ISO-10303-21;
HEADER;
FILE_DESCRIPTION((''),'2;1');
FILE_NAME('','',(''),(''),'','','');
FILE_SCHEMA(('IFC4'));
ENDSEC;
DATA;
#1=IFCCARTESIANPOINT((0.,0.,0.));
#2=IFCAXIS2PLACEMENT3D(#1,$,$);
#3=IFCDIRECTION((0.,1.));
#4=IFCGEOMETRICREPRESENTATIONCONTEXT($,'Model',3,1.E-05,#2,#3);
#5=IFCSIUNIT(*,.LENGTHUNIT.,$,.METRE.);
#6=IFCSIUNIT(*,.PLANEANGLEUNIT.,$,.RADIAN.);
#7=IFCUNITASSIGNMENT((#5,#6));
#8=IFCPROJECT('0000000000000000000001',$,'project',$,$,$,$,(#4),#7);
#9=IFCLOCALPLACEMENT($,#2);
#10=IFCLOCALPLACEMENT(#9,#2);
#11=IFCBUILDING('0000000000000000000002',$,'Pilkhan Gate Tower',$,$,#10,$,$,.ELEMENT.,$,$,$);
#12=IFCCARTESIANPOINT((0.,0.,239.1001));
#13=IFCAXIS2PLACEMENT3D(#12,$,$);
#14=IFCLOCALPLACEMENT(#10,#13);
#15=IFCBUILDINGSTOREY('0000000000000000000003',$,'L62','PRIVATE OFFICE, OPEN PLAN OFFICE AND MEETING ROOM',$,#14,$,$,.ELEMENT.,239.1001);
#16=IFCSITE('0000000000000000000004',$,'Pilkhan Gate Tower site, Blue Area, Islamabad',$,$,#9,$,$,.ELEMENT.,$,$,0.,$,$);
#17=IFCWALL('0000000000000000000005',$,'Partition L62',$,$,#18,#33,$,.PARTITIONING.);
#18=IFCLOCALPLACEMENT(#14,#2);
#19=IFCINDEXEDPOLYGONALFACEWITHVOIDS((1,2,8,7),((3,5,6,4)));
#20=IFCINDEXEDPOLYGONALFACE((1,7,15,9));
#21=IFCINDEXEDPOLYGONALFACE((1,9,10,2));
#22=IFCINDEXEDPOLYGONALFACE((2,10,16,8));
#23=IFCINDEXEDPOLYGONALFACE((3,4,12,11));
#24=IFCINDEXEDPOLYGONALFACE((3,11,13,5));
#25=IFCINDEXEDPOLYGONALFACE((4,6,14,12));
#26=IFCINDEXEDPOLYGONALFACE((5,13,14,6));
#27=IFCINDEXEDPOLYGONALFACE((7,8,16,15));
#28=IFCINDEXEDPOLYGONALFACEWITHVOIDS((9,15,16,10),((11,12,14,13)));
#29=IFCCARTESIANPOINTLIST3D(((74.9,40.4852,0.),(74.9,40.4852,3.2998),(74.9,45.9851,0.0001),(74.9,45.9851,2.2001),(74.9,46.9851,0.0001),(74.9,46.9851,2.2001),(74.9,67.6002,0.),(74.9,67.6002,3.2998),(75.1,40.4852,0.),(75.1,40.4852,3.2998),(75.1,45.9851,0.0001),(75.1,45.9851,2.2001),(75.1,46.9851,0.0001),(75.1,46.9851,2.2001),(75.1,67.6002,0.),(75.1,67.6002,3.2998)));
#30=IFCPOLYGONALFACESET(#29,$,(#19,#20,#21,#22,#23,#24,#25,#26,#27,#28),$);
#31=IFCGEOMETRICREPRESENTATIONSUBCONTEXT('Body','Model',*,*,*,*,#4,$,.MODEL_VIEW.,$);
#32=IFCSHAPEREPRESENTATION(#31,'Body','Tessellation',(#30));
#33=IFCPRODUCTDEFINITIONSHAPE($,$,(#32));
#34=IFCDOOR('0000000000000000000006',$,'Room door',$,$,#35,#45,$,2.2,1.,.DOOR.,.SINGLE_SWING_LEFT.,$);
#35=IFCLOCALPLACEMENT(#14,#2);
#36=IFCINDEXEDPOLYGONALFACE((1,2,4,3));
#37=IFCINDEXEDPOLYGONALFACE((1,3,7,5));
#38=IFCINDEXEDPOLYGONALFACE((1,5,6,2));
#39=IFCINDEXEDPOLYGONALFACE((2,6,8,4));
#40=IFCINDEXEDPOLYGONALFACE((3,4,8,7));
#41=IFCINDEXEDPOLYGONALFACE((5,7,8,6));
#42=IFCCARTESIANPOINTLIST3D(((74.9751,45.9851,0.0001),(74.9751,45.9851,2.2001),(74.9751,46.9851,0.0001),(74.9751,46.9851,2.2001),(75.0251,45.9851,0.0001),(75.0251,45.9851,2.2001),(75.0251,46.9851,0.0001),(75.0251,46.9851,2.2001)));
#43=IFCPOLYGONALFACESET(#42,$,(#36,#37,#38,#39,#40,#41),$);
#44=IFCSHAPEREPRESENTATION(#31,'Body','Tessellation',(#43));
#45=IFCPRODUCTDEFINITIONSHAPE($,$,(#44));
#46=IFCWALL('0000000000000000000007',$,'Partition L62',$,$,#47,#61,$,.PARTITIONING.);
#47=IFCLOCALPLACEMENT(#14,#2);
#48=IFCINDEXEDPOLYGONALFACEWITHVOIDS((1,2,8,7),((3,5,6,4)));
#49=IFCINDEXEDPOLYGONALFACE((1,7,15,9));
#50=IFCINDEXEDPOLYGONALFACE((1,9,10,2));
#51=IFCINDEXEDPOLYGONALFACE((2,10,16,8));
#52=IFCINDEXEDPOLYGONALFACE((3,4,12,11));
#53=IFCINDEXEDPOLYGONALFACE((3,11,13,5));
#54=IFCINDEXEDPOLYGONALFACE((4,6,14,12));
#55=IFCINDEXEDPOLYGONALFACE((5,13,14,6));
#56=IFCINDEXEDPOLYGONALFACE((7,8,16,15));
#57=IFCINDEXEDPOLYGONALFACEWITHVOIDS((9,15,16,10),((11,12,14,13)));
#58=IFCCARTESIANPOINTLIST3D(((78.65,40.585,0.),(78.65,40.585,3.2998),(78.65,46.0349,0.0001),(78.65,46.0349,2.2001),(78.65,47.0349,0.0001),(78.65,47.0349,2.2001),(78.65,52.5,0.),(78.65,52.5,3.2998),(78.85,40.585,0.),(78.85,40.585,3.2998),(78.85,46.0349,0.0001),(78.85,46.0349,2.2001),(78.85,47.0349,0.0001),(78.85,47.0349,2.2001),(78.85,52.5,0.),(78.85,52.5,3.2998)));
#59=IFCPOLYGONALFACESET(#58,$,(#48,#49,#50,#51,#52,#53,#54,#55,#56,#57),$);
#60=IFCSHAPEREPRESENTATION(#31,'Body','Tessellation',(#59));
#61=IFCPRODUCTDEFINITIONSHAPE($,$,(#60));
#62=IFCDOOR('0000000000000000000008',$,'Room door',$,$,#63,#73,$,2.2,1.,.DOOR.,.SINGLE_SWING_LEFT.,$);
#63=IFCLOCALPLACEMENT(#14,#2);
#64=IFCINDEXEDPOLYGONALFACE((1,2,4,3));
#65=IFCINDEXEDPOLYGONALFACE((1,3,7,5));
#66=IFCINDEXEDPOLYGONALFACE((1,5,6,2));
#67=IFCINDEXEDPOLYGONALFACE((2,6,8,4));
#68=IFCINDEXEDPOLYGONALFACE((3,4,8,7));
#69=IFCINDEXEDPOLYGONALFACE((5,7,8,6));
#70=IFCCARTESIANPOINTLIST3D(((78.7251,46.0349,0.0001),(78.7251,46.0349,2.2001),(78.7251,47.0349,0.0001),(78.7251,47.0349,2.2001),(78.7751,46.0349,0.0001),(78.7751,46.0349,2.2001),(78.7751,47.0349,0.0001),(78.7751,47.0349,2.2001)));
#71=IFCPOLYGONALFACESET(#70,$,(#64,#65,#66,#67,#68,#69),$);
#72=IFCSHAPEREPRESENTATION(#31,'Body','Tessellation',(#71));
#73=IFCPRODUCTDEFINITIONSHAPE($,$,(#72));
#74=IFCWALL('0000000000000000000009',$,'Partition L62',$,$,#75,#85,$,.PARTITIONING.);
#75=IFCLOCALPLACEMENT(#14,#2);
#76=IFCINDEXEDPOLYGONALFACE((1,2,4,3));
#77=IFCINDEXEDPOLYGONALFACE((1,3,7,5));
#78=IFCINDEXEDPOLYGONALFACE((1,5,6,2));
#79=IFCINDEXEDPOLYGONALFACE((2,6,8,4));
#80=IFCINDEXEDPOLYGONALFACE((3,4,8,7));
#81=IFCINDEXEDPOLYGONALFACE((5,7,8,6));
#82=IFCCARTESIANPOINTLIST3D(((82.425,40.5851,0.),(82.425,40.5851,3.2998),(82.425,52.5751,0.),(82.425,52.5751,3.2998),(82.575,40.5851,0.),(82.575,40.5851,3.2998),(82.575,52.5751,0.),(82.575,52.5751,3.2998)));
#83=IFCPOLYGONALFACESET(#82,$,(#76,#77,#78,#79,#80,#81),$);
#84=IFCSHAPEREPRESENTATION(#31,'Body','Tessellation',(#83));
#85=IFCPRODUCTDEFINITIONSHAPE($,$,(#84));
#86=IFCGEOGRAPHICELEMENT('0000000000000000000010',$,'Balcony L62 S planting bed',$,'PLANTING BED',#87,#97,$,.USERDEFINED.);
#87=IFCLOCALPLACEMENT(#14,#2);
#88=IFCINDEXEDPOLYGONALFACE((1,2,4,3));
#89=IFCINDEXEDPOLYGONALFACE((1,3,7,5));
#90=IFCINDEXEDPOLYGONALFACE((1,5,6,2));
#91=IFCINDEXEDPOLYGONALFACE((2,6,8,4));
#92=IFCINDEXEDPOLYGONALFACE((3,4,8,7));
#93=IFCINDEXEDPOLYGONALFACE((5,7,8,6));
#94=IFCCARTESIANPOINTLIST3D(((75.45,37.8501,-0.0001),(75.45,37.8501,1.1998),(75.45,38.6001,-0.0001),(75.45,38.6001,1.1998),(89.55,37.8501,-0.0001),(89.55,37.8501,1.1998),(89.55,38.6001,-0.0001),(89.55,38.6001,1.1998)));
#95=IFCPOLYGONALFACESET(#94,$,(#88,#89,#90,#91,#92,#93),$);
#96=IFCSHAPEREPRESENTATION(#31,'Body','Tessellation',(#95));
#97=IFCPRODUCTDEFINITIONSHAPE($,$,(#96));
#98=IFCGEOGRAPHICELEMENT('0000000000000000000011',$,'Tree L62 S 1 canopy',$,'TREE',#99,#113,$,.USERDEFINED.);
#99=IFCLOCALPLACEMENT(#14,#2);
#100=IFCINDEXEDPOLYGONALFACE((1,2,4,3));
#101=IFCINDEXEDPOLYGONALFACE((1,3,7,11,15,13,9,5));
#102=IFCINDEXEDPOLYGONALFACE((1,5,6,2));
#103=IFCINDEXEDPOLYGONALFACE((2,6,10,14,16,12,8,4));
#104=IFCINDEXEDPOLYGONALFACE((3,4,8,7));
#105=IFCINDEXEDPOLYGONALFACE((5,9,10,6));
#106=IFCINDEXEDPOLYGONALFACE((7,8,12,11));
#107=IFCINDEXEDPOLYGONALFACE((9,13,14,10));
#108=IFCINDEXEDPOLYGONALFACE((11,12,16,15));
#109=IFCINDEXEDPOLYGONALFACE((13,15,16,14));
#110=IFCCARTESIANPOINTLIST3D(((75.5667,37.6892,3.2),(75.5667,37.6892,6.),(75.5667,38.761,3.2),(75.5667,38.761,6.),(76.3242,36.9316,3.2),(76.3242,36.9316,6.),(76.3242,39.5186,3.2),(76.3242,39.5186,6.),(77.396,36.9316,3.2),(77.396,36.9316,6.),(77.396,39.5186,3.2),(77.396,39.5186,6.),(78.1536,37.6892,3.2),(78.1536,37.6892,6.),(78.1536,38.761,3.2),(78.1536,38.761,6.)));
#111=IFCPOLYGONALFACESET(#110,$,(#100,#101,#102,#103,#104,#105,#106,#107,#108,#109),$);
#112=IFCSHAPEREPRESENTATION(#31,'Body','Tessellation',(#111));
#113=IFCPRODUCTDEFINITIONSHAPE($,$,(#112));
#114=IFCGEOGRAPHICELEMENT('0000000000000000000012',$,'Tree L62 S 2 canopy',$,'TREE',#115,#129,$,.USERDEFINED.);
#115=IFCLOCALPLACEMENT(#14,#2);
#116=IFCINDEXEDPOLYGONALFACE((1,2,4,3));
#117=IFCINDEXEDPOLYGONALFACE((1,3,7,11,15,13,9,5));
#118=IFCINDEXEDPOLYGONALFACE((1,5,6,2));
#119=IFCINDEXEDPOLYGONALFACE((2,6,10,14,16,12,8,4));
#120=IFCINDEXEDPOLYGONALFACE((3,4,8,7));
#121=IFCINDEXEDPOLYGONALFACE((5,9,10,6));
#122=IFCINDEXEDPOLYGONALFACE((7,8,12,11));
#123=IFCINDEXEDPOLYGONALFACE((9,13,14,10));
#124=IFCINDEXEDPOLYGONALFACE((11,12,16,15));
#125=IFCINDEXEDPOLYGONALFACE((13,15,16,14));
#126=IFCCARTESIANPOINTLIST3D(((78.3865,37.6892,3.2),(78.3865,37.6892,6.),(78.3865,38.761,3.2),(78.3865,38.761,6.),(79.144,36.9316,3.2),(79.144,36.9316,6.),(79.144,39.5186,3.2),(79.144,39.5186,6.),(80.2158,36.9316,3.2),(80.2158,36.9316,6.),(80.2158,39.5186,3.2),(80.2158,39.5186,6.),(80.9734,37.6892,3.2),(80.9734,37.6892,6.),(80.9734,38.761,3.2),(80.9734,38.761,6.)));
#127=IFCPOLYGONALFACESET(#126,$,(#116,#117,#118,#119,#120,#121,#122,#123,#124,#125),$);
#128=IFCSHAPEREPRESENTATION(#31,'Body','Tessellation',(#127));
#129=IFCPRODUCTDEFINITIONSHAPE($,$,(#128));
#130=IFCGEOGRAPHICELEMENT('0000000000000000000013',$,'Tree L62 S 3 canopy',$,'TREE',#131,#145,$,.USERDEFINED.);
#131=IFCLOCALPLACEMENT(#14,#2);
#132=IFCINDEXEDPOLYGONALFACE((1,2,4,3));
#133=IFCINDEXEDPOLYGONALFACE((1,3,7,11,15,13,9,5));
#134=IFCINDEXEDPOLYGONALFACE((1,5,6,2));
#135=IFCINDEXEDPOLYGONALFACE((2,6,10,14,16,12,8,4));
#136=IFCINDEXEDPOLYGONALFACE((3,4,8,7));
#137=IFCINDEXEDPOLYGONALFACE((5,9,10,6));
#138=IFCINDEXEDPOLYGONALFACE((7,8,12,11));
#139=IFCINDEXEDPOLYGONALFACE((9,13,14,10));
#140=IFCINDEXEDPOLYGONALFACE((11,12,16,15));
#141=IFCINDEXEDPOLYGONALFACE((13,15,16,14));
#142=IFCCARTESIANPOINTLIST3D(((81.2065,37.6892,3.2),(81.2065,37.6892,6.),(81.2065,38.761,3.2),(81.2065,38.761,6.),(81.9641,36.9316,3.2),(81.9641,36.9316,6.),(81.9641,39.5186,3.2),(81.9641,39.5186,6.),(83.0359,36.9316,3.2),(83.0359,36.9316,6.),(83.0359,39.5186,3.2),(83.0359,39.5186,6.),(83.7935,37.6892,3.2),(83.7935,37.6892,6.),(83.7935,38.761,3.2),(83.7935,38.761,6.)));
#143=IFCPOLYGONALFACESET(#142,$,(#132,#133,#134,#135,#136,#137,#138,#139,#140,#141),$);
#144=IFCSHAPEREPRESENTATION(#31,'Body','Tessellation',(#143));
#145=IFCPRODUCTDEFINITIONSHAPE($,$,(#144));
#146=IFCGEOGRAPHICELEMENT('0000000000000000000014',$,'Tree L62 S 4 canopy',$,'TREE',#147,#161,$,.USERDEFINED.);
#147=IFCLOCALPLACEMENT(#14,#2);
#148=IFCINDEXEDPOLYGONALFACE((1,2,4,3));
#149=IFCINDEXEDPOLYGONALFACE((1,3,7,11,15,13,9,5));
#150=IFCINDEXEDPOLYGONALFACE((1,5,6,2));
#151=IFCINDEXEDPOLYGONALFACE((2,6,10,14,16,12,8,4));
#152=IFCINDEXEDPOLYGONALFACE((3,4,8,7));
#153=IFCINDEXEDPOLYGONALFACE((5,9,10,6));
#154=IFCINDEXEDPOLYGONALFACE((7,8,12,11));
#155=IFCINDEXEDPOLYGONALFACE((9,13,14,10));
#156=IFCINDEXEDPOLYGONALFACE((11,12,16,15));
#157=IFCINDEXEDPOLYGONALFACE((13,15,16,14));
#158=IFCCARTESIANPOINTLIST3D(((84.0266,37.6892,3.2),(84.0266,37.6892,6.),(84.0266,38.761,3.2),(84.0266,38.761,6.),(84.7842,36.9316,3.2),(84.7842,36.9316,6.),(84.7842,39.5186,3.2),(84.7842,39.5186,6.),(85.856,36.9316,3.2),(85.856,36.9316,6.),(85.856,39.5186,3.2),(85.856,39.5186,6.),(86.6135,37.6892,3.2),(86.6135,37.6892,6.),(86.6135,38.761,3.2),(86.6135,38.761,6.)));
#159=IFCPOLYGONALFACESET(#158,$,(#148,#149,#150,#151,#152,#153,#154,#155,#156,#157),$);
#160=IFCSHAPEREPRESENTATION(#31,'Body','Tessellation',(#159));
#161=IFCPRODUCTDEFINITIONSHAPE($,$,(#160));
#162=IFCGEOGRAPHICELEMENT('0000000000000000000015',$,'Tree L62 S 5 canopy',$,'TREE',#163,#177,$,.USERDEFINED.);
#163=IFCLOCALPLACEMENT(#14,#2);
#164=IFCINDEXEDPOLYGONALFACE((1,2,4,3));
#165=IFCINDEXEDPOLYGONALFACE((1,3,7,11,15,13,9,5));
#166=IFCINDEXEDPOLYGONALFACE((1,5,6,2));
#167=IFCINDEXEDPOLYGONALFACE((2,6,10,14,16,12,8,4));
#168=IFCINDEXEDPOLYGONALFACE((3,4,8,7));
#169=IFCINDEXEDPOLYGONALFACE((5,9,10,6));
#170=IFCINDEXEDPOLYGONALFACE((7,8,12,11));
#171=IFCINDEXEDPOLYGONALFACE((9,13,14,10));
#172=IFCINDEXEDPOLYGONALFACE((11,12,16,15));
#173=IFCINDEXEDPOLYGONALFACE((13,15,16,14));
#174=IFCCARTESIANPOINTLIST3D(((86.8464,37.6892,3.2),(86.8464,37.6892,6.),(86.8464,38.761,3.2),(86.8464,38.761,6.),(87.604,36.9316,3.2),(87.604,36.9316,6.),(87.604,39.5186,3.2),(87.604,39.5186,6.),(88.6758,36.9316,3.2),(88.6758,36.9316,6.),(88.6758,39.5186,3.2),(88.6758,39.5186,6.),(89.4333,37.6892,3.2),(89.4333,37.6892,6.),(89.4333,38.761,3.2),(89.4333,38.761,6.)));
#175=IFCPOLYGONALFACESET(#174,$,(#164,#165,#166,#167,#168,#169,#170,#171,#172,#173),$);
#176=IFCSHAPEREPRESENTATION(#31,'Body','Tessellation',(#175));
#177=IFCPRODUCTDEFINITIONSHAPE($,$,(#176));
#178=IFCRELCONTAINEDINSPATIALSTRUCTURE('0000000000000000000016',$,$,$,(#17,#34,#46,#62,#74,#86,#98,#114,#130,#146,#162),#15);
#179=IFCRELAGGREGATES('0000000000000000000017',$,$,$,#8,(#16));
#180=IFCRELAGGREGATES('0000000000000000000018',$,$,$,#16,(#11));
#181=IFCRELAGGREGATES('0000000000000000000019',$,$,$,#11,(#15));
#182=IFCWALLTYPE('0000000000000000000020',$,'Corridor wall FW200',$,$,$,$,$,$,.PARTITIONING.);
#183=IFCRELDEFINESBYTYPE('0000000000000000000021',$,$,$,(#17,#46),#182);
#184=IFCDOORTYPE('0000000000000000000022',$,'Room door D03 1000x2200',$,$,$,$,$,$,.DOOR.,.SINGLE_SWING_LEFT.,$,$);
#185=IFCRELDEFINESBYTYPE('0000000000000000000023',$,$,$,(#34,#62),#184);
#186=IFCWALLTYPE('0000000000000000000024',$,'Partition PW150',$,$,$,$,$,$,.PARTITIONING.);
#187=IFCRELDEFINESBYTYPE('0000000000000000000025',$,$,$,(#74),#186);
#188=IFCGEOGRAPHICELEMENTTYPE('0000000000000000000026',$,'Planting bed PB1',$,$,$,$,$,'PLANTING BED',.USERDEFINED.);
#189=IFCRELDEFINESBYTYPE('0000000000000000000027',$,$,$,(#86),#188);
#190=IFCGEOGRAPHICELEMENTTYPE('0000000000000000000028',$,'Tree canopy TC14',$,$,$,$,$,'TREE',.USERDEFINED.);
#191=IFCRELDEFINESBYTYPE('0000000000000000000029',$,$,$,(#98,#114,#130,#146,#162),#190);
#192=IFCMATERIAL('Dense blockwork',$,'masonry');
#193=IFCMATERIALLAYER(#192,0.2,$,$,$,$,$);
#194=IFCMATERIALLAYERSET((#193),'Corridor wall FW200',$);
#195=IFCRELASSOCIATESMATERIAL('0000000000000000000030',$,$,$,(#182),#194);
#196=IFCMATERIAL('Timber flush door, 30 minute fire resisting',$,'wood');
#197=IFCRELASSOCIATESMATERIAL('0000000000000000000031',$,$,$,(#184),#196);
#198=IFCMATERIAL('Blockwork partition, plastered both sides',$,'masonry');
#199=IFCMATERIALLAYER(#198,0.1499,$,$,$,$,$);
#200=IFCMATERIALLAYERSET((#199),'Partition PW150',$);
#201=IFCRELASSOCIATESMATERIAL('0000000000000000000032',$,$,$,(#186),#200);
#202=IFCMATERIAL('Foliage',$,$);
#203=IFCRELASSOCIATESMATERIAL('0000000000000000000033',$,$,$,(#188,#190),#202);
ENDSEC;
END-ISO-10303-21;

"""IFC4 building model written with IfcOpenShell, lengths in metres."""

from ifc_helpers import new_model, si_unit, direction, frame, frame_2d, origin, origin_2d, place, context, subcontext, project, spatial, polyline, rectangle, outline, extrude, material, layer, layer_set, material_profile, profile_set, type_object, element, fill, save


model = new_model("IFC4")

# Units and contexts
model_context = context("Model", 3, precision=1e-05, world=origin(), true_north=direction((0.0, 1.0)))
body_context = subcontext(model_context, "Body", "Model", "MODEL_VIEW")
ifc_project = project(units=[si_unit("LENGTHUNIT", "METRE"), si_unit("PLANEANGLEUNIT", "RADIAN")], contexts=[model_context])

# Site, building, storey
site_placement = place(None, origin())
site = spatial("IfcSite", under=ifc_project, at=site_placement, Name="Pilkhan Gate Tower site, Blue Area, Islamabad", CompositionType="ELEMENT", RefElevation=0.0)
building_placement = place(site_placement, origin())
building = spatial("IfcBuilding", under=site, at=building_placement, Name="Pilkhan Gate Tower", CompositionType="ELEMENT")
storey_placement = place(building_placement, frame((0.0, 0.0, 239.1001)))
storey = spatial("IfcBuildingStorey", under=building, at=storey_placement, Name="L62", Description="PRIVATE OFFICE, OPEN PLAN OFFICE AND MEETING ROOM", CompositionType="ELEMENT", Elevation=239.1001)

# Walls, openings, doors
ifc_material_1 = material(Name="Dense blockwork", Category="masonry")
ifc_layer_1 = layer(ifc_material_1, 0.2)
ifc_layer_set_1 = layer_set([ifc_layer_1], Name="Corridor wall FW200")
wall_type_1 = type_object("IfcWallType", Name="Corridor wall FW200", PredefinedType="PARTITIONING", material=ifc_layer_set_1)
wall_1_placement = place(storey_placement, frame((75.0, 40.4851, 0.0), z_axis=(0.0, 0.0, 1.0), x_axis=(0.0, 1.0, 0.0)))
wall_1 = element("IfcWall", 1, at=wall_1_placement, inside=storey, type_object=wall_type_1, Name="Partition L62", PredefinedType="PARTITIONING", context=body_context, shape_type="SweptSolid", body=[
    extrude(rectangle(XDim=27.115, YDim=0.2, at=frame_2d((13.5576, 0.0))), origin(), (0.0, 0.0, 1.0), 3.2998),
])
opening_1_placement = place(wall_1_placement, frame((5.5, 0.0, 0.0)))
opening_1 = element("IfcOpeningElement", 2, at=opening_1_placement, cuts=wall_1, PredefinedType="OPENING", context=body_context, shape_type="SweptSolid", body=[
    extrude(rectangle(XDim=1.0, YDim=2.2, at=frame_2d((0.5, 1.1001))), frame((0.0, 0.1099, 0.0), z_axis=(0.0, -1.0, 0.0), x_axis=(1.0, 0.0, 0.0)), (0.0, 0.0, 1.0), 0.22),
])
ifc_material_2 = material(Name="Timber flush door, 30 minute fire resisting", Category="wood")
door_type_1 = type_object("IfcDoorType", Name="Room door D03 1000x2200", OperationType="SINGLE_SWING_LEFT", PredefinedType="DOOR", material=ifc_material_2)
door_1_placement = place(opening_1_placement, origin())
door_1 = element("IfcDoor", 3, at=door_1_placement, inside=storey, type_object=door_type_1, Name="Room door", OperationType="SINGLE_SWING_LEFT", OverallHeight=2.2, OverallWidth=1.0, PredefinedType="DOOR", context=body_context, shape_type="SweptSolid", body=[
    extrude(rectangle(XDim=1.0, YDim=2.2, at=frame_2d((0.5, 1.1001))), frame((0.0, 0.0249, 0.0), z_axis=(0.0, -1.0, 0.0), x_axis=(1.0, 0.0, 0.0)), (0.0, 0.0, 1.0), 0.05),
])
fill(opening_1, door_1)
wall_2_placement = place(storey_placement, frame((78.75, 40.585, 0.0), z_axis=(0.0, 0.0, 1.0), x_axis=(0.0, 1.0, 0.0)))
wall_2 = element("IfcWall", 4, at=wall_2_placement, inside=storey, type_object=wall_type_1, Name="Partition L62", PredefinedType="PARTITIONING", context=body_context, shape_type="SweptSolid", body=[
    extrude(rectangle(XDim=11.915, YDim=0.2, at=frame_2d((5.9575, 0.0))), origin(), (0.0, 0.0, 1.0), 3.2998),
])
opening_2_placement = place(wall_2_placement, frame((5.45, 0.0, 0.0)))
opening_2 = element("IfcOpeningElement", 5, at=opening_2_placement, cuts=wall_2, PredefinedType="OPENING", context=body_context, shape_type="SweptSolid", body=[
    extrude(rectangle(XDim=1.0, YDim=2.2, at=frame_2d((0.5, 1.1001))), frame((0.0, 0.1099, 0.0), z_axis=(0.0, -1.0, 0.0), x_axis=(1.0, 0.0, 0.0)), (0.0, 0.0, 1.0), 0.22),
])
door_2_placement = place(opening_2_placement, origin())
door_2 = element("IfcDoor", 6, at=door_2_placement, inside=storey, type_object=door_type_1, Name="Room door", OperationType="SINGLE_SWING_LEFT", OverallHeight=2.2, OverallWidth=1.0, PredefinedType="DOOR", context=body_context, shape_type="SweptSolid", body=[
    extrude(rectangle(XDim=1.0, YDim=2.2, at=frame_2d((0.5, 1.1001))), frame((0.0, 0.0249, 0.0), z_axis=(0.0, -1.0, 0.0), x_axis=(1.0, 0.0, 0.0)), (0.0, 0.0, 1.0), 0.05),
])
fill(opening_2, door_2)

# Wall
ifc_material_3 = material(Name="Blockwork partition, plastered both sides", Category="masonry")
ifc_layer_2 = layer(ifc_material_3, 0.1499)
ifc_layer_set_2 = layer_set([ifc_layer_2], Name="Partition PW150")
wall_type_2 = type_object("IfcWallType", Name="Partition PW150", PredefinedType="PARTITIONING", material=ifc_layer_set_2)
wall_3_placement = place(storey_placement, frame((82.5, 40.585, 0.0), z_axis=(0.0, 0.0, 1.0), x_axis=(0.0, 1.0, 0.0)))
element("IfcWall", 7, at=wall_3_placement, inside=storey, type_object=wall_type_2, Name="Partition L62", PredefinedType="PARTITIONING", context=body_context, shape_type="SweptSolid", body=[
    extrude(rectangle(XDim=11.99, YDim=0.1499, at=frame_2d((5.9951, 0.0))), origin(), (0.0, 0.0, 1.0), 3.2998),
])

# Geographic elements
ifc_material_4 = material(Name="Foliage")
ifc_material_profile_1 = material_profile(ifc_material_4, rectangle(XDim=0.75, YDim=1.2, at=origin_2d()), Name="Bed 750x1200")
ifc_profile_set_1 = profile_set([ifc_material_profile_1], Name="Foliage")
geographic_element_type_1 = type_object("IfcGeographicElementType", Name="Planting bed PB1", ElementType="PLANTING BED", PredefinedType="USERDEFINED", material=ifc_profile_set_1)
geographic_element_placement = place(storey_placement, frame((75.45, 38.2251, 0.5999), z_axis=(1.0, 0.0, 0.0), x_axis=(0.0, 1.0, 0.0)))
element("IfcGeographicElement", 8, at=geographic_element_placement, inside=storey, type_object=geographic_element_type_1, Name="Balcony L62 S planting bed", ObjectType="PLANTING BED", PredefinedType="USERDEFINED", context=body_context, shape_type="SweptSolid", body=[
    extrude(rectangle(XDim=0.75, YDim=1.2, at=origin_2d()), origin(), (0.0, 0.0, 1.0), 14.1001),
])
ifc_material_profile_2 = material_profile(ifc_material_4, outline(polyline([(1.2935, 0.5359), (0.5359, 1.2935), (-0.5359, 1.2935), (-1.2935, 0.5359), (-1.2935, -0.5359), (-0.5359, -1.2935), (0.5359, -1.2935), (1.2935, -0.5359), (1.2935, 0.5359)])), Name="Canopy D2.8")
ifc_profile_set_2 = profile_set([ifc_material_profile_2], Name="Foliage")
geographic_element_type_2 = type_object("IfcGeographicElementType", Name="Tree canopy TC14", ElementType="TREE", PredefinedType="USERDEFINED", material=ifc_profile_set_2)
for number, where, z_axis, x_axis, name in (
    (9, (76.8601, 38.2251, 3.2), (0.0, 0.0, 1.0), (1.0, 0.0, 0.0), "Tree L62 S 1 canopy"),
    (10, (79.6799, 38.2251, 3.2), (0.0, 0.0, 1.0), (1.0, 0.0, 0.0), "Tree L62 S 2 canopy"),
    (11, (82.5, 38.2251, 3.2), (0.0, 0.0, 1.0), (1.0, 0.0, 0.0), "Tree L62 S 3 canopy"),
    (12, (85.3201, 38.2251, 3.2), (0.0, 0.0, 1.0), (1.0, 0.0, 0.0), "Tree L62 S 4 canopy"),
    (13, (88.1399, 38.2251, 3.2), (0.0, 0.0, 1.0), (1.0, 0.0, 0.0), "Tree L62 S 5 canopy"),
):
    element("IfcGeographicElement", number, at=place(storey_placement, frame(where, z_axis=z_axis, x_axis=x_axis)), inside=storey, type_object=geographic_element_type_2, Name=name, ObjectType="TREE", PredefinedType="USERDEFINED", context=body_context, shape_type="SweptSolid", body=[
        extrude(outline(polyline([(1.2935, 0.5359), (0.5359, 1.2935), (-0.5359, 1.2935), (-1.2935, 0.5359), (-1.2935, -0.5359), (-0.5359, -1.2935), (0.5359, -1.2935), (1.2935, -0.5359), (1.2935, 0.5359)])), origin(), (0.0, 0.0, 1.0), 2.8),
    ])

save(model, "model.ifc")
